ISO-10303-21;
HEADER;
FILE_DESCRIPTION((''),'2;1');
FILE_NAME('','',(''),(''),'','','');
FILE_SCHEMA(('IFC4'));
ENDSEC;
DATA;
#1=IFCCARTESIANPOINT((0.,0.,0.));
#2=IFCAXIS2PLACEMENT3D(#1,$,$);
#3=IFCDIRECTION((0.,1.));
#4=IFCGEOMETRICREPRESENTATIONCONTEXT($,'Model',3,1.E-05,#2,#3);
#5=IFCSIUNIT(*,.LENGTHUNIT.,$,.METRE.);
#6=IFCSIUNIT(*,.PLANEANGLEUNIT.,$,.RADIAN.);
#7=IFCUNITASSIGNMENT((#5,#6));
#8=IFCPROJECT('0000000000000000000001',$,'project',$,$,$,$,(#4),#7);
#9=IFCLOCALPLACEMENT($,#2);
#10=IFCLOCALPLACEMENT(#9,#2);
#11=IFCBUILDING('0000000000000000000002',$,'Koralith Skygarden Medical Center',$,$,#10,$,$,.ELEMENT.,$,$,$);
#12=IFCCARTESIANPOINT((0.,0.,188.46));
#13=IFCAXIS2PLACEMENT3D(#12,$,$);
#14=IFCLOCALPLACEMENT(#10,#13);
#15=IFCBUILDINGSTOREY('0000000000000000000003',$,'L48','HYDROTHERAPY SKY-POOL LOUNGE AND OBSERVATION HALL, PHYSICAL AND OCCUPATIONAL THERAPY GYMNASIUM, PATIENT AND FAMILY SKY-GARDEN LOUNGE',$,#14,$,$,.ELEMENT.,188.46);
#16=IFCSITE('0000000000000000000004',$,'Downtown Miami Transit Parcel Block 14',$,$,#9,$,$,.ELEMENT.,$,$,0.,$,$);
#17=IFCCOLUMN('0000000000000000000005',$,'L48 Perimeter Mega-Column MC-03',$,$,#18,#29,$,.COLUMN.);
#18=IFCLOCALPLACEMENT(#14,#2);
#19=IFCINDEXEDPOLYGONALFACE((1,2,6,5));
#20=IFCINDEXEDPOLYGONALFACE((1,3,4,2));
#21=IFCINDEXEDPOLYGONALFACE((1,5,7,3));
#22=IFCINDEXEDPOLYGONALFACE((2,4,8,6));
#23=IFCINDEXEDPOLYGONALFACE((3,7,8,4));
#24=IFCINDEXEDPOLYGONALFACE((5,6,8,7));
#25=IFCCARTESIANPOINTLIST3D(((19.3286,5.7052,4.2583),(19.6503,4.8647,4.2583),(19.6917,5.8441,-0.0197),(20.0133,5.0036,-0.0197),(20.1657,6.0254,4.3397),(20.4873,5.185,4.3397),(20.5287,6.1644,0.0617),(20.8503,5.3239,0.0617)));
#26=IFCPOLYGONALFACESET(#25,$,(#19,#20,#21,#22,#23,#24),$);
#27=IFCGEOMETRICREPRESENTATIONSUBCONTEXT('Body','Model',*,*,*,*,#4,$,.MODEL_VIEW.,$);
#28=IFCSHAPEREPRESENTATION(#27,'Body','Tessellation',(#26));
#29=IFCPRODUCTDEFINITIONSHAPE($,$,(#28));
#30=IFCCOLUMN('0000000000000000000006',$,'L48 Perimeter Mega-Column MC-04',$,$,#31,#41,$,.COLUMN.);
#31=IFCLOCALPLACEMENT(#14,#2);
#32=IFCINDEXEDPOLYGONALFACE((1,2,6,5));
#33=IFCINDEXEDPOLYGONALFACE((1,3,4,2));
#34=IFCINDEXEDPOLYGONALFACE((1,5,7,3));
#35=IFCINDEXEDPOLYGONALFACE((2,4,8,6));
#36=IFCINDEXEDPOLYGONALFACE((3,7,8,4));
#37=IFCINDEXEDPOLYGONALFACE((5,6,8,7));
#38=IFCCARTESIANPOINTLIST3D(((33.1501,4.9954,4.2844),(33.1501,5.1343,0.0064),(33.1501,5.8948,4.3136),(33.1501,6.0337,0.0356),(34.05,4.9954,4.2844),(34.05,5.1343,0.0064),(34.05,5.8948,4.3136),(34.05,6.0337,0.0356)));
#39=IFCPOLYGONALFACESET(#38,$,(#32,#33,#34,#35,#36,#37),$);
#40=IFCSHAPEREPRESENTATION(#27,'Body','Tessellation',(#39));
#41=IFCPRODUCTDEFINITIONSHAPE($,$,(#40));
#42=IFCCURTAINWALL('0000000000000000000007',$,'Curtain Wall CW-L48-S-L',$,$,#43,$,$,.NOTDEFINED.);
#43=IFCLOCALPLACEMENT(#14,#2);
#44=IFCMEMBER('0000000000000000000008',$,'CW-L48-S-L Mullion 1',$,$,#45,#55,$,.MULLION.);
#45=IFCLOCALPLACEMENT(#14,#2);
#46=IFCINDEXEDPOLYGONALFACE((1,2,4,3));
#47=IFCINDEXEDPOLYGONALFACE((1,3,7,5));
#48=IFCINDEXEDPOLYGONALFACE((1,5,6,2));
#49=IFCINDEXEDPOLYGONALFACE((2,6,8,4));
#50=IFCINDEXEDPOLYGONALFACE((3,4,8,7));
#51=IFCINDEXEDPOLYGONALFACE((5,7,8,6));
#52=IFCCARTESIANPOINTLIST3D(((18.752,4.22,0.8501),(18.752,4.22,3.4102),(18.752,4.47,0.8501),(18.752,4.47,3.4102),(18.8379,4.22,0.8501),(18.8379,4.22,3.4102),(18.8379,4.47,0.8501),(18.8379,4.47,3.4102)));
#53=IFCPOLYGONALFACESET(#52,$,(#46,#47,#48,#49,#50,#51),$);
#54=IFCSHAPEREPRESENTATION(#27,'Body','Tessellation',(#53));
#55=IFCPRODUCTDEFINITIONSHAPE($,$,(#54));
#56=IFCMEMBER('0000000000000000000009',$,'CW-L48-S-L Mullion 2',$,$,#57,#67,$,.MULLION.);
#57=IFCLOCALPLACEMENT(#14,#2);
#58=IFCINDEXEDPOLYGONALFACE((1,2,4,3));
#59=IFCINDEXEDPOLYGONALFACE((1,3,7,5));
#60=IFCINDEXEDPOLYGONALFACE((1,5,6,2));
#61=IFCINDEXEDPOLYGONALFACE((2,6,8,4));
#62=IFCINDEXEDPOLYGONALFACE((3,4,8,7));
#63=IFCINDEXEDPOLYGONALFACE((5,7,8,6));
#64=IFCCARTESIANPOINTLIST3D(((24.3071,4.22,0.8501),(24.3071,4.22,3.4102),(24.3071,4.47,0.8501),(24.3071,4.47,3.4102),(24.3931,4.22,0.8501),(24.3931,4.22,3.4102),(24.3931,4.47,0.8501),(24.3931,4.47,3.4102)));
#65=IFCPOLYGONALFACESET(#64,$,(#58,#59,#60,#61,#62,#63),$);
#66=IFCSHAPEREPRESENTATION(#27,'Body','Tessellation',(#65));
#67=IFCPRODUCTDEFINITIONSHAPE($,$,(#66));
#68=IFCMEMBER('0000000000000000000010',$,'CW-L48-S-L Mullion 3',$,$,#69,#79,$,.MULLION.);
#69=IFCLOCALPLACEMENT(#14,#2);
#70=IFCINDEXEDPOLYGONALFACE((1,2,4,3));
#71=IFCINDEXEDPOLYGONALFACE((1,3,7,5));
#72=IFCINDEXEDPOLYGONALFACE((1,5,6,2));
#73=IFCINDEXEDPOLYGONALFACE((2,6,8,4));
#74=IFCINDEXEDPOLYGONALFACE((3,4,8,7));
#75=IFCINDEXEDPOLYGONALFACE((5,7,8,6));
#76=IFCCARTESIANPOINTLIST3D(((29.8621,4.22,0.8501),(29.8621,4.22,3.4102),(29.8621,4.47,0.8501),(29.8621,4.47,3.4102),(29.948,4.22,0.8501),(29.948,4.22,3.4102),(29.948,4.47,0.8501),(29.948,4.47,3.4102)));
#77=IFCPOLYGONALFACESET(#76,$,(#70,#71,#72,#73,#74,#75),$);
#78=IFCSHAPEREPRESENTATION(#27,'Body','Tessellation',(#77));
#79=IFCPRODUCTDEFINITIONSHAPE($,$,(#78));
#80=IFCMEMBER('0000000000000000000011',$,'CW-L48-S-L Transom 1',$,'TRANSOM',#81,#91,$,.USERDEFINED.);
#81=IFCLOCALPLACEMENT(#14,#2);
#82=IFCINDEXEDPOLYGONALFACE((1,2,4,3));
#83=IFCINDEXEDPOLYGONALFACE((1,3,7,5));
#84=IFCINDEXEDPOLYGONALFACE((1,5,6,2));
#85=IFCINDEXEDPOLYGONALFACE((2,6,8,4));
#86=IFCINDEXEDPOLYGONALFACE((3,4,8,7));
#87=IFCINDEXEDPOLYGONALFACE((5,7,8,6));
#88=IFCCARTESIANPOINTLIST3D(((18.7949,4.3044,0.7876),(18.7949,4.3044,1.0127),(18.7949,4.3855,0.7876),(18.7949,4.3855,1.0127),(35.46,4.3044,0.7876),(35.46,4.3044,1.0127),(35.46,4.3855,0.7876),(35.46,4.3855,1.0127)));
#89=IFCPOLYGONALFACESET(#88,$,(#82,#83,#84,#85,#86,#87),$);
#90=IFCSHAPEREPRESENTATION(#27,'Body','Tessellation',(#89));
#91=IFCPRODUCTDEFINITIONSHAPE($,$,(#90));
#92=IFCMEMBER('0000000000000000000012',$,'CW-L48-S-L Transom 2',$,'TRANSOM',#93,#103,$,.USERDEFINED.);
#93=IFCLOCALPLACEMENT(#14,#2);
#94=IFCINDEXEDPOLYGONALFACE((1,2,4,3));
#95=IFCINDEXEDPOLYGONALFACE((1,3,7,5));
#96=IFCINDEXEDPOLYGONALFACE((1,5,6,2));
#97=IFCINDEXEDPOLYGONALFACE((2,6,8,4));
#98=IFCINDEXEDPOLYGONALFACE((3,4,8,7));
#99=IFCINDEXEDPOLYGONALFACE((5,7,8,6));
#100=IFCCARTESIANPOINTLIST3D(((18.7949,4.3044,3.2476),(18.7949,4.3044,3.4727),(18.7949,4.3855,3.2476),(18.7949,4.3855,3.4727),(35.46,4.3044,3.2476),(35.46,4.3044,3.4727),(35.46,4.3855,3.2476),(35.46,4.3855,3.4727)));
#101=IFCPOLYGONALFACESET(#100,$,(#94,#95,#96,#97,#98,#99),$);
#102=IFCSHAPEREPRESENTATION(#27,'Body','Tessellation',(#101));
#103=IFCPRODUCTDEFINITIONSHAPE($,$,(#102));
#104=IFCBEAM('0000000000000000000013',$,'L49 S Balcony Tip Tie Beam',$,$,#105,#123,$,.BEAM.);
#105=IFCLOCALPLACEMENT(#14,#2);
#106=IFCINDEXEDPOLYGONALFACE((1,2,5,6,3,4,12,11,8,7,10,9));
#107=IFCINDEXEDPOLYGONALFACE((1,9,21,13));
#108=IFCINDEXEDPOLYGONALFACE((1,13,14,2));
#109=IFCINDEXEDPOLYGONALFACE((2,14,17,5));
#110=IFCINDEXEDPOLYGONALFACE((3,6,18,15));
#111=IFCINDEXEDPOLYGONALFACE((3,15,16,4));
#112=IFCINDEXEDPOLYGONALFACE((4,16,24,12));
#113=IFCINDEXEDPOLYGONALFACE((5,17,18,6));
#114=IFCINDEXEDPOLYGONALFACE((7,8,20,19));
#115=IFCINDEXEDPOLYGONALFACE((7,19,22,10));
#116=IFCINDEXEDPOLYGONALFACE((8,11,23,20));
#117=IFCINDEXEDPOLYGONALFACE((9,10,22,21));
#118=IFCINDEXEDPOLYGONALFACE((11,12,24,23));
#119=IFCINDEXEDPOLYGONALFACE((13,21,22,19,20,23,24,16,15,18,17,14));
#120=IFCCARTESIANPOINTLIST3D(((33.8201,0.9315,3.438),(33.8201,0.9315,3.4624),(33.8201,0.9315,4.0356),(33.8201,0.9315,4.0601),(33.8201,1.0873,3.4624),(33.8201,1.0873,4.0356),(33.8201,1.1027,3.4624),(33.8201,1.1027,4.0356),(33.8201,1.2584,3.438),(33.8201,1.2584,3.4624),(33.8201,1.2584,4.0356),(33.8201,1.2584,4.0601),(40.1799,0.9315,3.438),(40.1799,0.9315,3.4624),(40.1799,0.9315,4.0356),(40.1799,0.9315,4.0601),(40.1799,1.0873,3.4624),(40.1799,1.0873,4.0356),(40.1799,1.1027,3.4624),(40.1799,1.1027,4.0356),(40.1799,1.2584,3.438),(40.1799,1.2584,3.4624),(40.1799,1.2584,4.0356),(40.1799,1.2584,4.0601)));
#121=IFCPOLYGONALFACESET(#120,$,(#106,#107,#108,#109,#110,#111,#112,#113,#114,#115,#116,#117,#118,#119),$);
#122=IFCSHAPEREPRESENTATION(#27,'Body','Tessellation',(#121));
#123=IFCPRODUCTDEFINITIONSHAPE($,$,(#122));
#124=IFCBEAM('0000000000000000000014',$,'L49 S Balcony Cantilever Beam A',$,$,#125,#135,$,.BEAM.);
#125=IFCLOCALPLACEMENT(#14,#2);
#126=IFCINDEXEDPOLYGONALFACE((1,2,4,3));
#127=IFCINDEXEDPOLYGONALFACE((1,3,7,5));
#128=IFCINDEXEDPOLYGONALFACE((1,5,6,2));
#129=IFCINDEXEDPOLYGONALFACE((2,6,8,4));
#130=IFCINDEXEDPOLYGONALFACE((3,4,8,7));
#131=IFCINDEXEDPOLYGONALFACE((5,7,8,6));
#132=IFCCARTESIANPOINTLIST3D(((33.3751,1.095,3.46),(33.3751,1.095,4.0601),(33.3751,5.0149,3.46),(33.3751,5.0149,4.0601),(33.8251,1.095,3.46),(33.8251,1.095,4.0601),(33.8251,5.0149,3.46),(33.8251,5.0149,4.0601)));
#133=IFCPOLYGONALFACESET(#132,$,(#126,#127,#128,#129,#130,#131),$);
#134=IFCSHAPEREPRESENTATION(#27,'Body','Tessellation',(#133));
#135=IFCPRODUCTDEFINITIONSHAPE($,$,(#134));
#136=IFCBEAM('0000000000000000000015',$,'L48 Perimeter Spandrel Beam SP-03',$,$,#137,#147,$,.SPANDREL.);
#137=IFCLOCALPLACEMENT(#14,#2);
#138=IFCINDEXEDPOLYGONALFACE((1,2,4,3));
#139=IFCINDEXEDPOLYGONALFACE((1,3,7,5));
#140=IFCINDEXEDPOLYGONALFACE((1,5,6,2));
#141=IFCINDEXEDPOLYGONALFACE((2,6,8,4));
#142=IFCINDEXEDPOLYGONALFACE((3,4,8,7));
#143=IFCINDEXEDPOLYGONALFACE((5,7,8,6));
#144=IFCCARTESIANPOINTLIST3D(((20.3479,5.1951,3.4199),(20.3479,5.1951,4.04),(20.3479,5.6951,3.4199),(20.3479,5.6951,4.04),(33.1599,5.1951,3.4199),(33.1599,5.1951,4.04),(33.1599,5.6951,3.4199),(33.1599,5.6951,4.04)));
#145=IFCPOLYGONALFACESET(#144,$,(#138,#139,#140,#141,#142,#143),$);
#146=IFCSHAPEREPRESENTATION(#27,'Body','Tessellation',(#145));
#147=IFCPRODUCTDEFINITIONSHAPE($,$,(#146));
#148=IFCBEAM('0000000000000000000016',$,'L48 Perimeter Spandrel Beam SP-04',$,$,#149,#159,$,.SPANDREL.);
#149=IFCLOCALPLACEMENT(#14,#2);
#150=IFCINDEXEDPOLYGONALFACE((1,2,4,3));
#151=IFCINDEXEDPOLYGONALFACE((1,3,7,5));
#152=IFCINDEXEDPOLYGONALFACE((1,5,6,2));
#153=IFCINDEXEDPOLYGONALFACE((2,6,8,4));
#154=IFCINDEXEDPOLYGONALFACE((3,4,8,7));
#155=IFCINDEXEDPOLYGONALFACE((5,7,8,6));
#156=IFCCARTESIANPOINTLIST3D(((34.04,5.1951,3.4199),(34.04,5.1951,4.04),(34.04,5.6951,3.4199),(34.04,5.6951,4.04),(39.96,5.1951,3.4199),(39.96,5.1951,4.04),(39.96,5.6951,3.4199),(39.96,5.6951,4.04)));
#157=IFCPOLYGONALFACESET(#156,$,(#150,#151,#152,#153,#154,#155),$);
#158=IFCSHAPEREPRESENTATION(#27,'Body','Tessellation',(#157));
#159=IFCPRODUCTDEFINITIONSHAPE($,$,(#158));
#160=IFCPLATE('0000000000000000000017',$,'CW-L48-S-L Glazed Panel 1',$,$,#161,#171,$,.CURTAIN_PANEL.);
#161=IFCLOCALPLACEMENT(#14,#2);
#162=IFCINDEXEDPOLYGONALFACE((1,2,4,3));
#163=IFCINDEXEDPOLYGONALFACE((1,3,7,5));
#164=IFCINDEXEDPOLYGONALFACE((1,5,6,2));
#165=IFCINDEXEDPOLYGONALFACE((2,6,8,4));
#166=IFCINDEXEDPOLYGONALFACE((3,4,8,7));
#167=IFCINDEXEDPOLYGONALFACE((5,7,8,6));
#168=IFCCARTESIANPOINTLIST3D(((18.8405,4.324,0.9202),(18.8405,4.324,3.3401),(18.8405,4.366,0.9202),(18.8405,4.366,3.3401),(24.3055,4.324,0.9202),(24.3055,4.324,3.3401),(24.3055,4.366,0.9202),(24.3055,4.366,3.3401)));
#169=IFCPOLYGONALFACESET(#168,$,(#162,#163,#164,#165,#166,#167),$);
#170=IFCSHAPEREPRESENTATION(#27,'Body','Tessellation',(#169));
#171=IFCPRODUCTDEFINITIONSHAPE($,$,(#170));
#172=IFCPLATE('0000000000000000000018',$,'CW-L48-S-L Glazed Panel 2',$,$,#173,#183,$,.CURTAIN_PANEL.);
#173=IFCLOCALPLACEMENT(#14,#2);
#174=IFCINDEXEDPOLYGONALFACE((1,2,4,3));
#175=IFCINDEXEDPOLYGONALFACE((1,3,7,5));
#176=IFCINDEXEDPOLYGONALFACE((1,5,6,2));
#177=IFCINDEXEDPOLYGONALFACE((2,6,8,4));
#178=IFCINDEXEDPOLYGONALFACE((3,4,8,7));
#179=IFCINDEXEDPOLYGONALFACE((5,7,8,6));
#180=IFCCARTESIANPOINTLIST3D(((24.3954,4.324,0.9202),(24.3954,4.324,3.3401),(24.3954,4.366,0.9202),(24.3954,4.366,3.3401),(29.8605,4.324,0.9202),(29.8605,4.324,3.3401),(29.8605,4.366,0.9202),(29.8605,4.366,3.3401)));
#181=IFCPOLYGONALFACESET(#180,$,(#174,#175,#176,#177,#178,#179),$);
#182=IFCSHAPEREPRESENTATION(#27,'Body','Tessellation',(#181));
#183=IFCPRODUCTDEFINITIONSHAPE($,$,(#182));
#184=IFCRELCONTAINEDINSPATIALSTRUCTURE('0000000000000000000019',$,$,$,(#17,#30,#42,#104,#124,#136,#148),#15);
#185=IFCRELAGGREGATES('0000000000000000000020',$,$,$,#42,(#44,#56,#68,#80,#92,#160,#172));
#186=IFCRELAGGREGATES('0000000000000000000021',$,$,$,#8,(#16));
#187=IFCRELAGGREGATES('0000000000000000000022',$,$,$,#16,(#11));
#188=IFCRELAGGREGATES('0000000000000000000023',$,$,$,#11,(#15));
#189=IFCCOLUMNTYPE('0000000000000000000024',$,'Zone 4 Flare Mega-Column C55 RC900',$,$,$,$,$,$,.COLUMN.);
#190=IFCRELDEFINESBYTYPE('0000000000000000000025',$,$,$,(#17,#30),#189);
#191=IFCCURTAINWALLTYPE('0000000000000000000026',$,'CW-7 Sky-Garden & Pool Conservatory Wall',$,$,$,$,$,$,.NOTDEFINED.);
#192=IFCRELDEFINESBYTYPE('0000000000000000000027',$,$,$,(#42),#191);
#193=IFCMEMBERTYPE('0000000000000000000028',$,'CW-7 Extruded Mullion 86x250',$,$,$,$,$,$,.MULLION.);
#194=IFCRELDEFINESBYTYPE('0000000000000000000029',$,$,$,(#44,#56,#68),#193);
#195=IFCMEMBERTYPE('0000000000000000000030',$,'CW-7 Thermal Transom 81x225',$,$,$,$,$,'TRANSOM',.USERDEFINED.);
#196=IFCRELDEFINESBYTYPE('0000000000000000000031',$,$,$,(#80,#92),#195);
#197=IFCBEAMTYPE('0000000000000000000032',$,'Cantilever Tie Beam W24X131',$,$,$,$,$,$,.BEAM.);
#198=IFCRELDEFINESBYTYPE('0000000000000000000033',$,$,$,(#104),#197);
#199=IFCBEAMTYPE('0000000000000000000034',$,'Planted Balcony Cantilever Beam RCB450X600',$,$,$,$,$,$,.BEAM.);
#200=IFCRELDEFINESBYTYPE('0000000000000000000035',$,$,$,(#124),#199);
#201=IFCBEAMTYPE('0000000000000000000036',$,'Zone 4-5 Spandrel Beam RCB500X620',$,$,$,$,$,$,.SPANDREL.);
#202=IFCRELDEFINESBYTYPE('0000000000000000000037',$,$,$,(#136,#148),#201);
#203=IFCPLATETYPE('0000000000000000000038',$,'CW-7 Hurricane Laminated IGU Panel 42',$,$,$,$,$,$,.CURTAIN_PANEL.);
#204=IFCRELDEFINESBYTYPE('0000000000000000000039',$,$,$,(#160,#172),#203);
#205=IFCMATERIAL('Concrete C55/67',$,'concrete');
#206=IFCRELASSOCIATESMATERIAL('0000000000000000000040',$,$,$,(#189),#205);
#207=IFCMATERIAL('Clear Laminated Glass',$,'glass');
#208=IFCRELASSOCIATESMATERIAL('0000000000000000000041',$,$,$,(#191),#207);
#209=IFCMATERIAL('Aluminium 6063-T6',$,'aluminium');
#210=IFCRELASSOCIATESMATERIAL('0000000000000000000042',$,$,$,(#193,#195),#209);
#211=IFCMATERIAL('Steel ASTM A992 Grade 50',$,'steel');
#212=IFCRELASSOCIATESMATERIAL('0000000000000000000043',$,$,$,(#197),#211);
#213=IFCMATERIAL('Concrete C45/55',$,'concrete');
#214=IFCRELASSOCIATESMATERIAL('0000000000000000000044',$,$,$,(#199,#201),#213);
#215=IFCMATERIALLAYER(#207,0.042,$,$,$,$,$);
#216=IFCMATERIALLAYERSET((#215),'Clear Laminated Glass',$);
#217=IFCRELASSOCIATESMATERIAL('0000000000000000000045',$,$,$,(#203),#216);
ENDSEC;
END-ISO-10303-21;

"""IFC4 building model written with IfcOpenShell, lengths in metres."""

from ifc_helpers import new_model, si_unit, direction, frame, origin, origin_2d, place, context, subcontext, project, spatial, rectangle, i_section, extrude, material, layer, layer_set, material_profile, profile_set, type_object, element, aggregate, save


model = new_model("IFC4")

# Units and contexts
model_context = context("Model", 3, precision=1e-05, world=origin(), true_north=direction((0.0, 1.0)))
body_context = subcontext(model_context, "Body", "Model", "MODEL_VIEW")
ifc_project = project(units=[si_unit("LENGTHUNIT", "METRE"), si_unit("PLANEANGLEUNIT", "RADIAN")], contexts=[model_context])

# Site, building, storey
site_placement = place(None, origin())
site = spatial("IfcSite", under=ifc_project, at=site_placement, Name="Downtown Miami Transit Parcel Block 14", CompositionType="ELEMENT", RefElevation=0.0)
building_placement = place(site_placement, origin())
building = spatial("IfcBuilding", under=site, at=building_placement, Name="Koralith Skygarden Medical Center", CompositionType="ELEMENT")
storey_placement = place(building_placement, frame((0.0, 0.0, 188.46)))
storey = spatial("IfcBuildingStorey", under=building, at=storey_placement, Name="L48", Description="HYDROTHERAPY SKY-POOL LOUNGE AND OBSERVATION HALL, PHYSICAL AND OCCUPATIONAL THERAPY GYMNASIUM, PATIENT AND FAMILY SKY-GARDEN LOUNGE", CompositionType="ELEMENT", Elevation=188.46)

# Columns
ifc_material_1 = material(Name="Concrete C55/67", Category="concrete")
ifc_material_profile_1 = material_profile(ifc_material_1, rectangle(XDim=0.8999, YDim=0.8999, at=origin_2d()), Name="RC900X900")
ifc_profile_set_1 = profile_set([ifc_material_profile_1], Name="Concrete C55/67")
column_type = type_object("IfcColumnType", Name="Zone 4 Flare Mega-Column C55 RC900", PredefinedType="COLUMN", material=ifc_profile_set_1)
column_1_placement = place(storey_placement, frame((20.271, 5.584, 0.021), z_axis=(-0.084512, -0.032338, 0.995898), x_axis=(0.357379, -0.933959, 0.0)))
element("IfcColumn", 1, at=column_1_placement, inside=storey, type_object=column_type, Name="L48 Perimeter Mega-Column MC-03", PredefinedType="COLUMN", context=body_context, shape_type="SweptSolid", body=[
    extrude(rectangle(XDim=0.8999, YDim=0.8999, at=origin_2d()), origin(), (0.0, 0.0, 1.0), 4.2957),
])
column_2_placement = place(storey_placement, frame((33.6001, 5.584, 0.021), z_axis=(0.0, -0.032455, 0.999473), x_axis=(1.0, 0.0, 0.0)))
element("IfcColumn", 2, at=column_2_placement, inside=storey, type_object=column_type, Name="L48 Perimeter Mega-Column MC-04", PredefinedType="COLUMN", context=body_context, shape_type="SweptSolid", body=[
    extrude(rectangle(XDim=0.8999, YDim=0.8999, at=origin_2d()), origin(), (0.0, 0.0, 1.0), 4.2803),
])

# Curtain wall, members
ifc_material_2 = material(Name="Clear Laminated Glass", Category="glass")
curtain_wall_type = type_object("IfcCurtainWallType", Name="CW-7 Sky-Garden & Pool Conservatory Wall", PredefinedType="NOTDEFINED", material=ifc_material_2)
curtain_wall_placement = place(storey_placement, origin())
curtain_wall = element("IfcCurtainWall", 3, at=curtain_wall_placement, inside=storey, type_object=curtain_wall_type, Name="Curtain Wall CW-L48-S-L", PredefinedType="NOTDEFINED")
ifc_material_3 = material(Name="Aluminium 6063-T6", Category="aluminium")
ifc_material_profile_2 = material_profile(ifc_material_3, rectangle(XDim=0.0859, YDim=0.25, at=origin_2d()), Name="MUL86X250")
ifc_profile_set_2 = profile_set([ifc_material_profile_2], Name="Aluminium 6063-T6")
member_type_1 = type_object("IfcMemberType", Name="CW-7 Extruded Mullion 86x250", PredefinedType="MULLION", material=ifc_profile_set_2)
member_1_placement = place(storey_placement, frame((18.7949, 4.345, 0.8501), z_axis=(0.0, 0.0, 1.0), x_axis=(1.0, 0.0, 0.0)))
member_1 = element("IfcMember", 4, at=member_1_placement, type_object=member_type_1, Name="CW-L48-S-L Mullion 1", PredefinedType="MULLION", context=body_context, shape_type="SweptSolid", body=[
    extrude(rectangle(XDim=0.0859, YDim=0.25, at=origin_2d()), origin(), (0.0, 0.0, 1.0), 2.5601),
])
member_2_placement = place(storey_placement, frame((24.3501, 4.345, 0.8501), z_axis=(0.0, 0.0, 1.0), x_axis=(1.0, 0.0, 0.0)))
member_2 = element("IfcMember", 5, at=member_2_placement, type_object=member_type_1, Name="CW-L48-S-L Mullion 2", PredefinedType="MULLION", context=body_context, shape_type="SweptSolid", body=[
    extrude(rectangle(XDim=0.0859, YDim=0.25, at=origin_2d()), origin(), (0.0, 0.0, 1.0), 2.5601),
])
member_3_placement = place(storey_placement, frame((29.905, 4.345, 0.8501), z_axis=(0.0, 0.0, 1.0), x_axis=(1.0, 0.0, 0.0)))
member_3 = element("IfcMember", 6, at=member_3_placement, type_object=member_type_1, Name="CW-L48-S-L Mullion 3", PredefinedType="MULLION", context=body_context, shape_type="SweptSolid", body=[
    extrude(rectangle(XDim=0.0859, YDim=0.25, at=origin_2d()), origin(), (0.0, 0.0, 1.0), 2.5601),
])
ifc_material_profile_3 = material_profile(ifc_material_3, rectangle(XDim=0.0811, YDim=0.2251, at=origin_2d()), Name="TRN81X225")
ifc_profile_set_3 = profile_set([ifc_material_profile_3], Name="Aluminium 6063-T6")
member_type_2 = type_object("IfcMemberType", Name="CW-7 Thermal Transom 81x225", ElementType="TRANSOM", PredefinedType="USERDEFINED", material=ifc_profile_set_3)
member_4_placement = place(storey_placement, frame((18.7949, 4.345, 0.9001), z_axis=(1.0, 0.0, 0.0), x_axis=(0.0, 1.0, 0.0)))
member_4 = element("IfcMember", 7, at=member_4_placement, type_object=member_type_2, Name="CW-L48-S-L Transom 1", ObjectType="TRANSOM", PredefinedType="USERDEFINED", context=body_context, shape_type="SweptSolid", body=[
    extrude(rectangle(XDim=0.0811, YDim=0.2251, at=origin_2d()), origin(), (0.0, 0.0, 1.0), 16.665),
])
member_5_placement = place(storey_placement, frame((18.7949, 4.345, 3.3601), z_axis=(1.0, 0.0, 0.0), x_axis=(0.0, 1.0, 0.0)))
member_5 = element("IfcMember", 8, at=member_5_placement, type_object=member_type_2, Name="CW-L48-S-L Transom 2", ObjectType="TRANSOM", PredefinedType="USERDEFINED", context=body_context, shape_type="SweptSolid", body=[
    extrude(rectangle(XDim=0.0811, YDim=0.2251, at=origin_2d()), origin(), (0.0, 0.0, 1.0), 16.665),
])

# Beams
ifc_material_4 = material(Name="Steel ASTM A992 Grade 50", Category="steel")
ifc_material_profile_4 = material_profile(ifc_material_4, i_section(OverallWidth=0.3269, OverallDepth=0.6221, WebThickness=0.0154, FlangeThickness=0.0244, at=origin_2d()), Name="W24X131")
ifc_profile_set_4 = profile_set([ifc_material_profile_4], Name="Steel ASTM A992 Grade 50")
beam_type_1 = type_object("IfcBeamType", Name="Cantilever Tie Beam W24X131", PredefinedType="BEAM", material=ifc_profile_set_4)
beam_1_placement = place(storey_placement, frame((33.8201, 1.095, 3.749), z_axis=(1.0, 0.0, 0.0), x_axis=(0.0, 1.0, 0.0)))
element("IfcBeam", 9, at=beam_1_placement, inside=storey, type_object=beam_type_1, Name="L49 S Balcony Tip Tie Beam", PredefinedType="BEAM", context=body_context, shape_type="SweptSolid", body=[
    extrude(i_section(OverallWidth=0.3269, OverallDepth=0.6221, WebThickness=0.0154, FlangeThickness=0.0244, at=origin_2d()), origin(), (0.0, 0.0, 1.0), 6.3599),
])
ifc_material_5 = material(Name="Concrete C45/55", Category="concrete")
ifc_material_profile_5 = material_profile(ifc_material_5, rectangle(XDim=0.45, YDim=0.6001, at=origin_2d()), Name="RCB450X600")
ifc_profile_set_5 = profile_set([ifc_material_profile_5], Name="Concrete C45/55")
beam_type_2 = type_object("IfcBeamType", Name="Planted Balcony Cantilever Beam RCB450X600", PredefinedType="BEAM", material=ifc_profile_set_5)
beam_2_placement = place(storey_placement, frame((33.6001, 5.0149, 3.76), z_axis=(0.0, -1.0, 0.0), x_axis=(1.0, 0.0, 0.0)))
element("IfcBeam", 10, at=beam_2_placement, inside=storey, type_object=beam_type_2, Name="L49 S Balcony Cantilever Beam A", PredefinedType="BEAM", context=body_context, shape_type="SweptSolid", body=[
    extrude(rectangle(XDim=0.45, YDim=0.6001, at=origin_2d()), origin(), (0.0, 0.0, 1.0), 3.9199),
])
ifc_material_profile_6 = material_profile(ifc_material_5, rectangle(XDim=0.5, YDim=0.6201, at=origin_2d()), Name="RCB500X620")
ifc_profile_set_6 = profile_set([ifc_material_profile_6], Name="Concrete C45/55")
beam_type_3 = type_object("IfcBeamType", Name="Zone 4-5 Spandrel Beam RCB500X620", PredefinedType="SPANDREL", material=ifc_profile_set_6)
beam_3_placement = place(storey_placement, frame((20.3479, 5.4451, 3.73), z_axis=(1.0, 0.0, 0.0), x_axis=(0.0, 1.0, 0.0)))
element("IfcBeam", 11, at=beam_3_placement, inside=storey, type_object=beam_type_3, Name="L48 Perimeter Spandrel Beam SP-03", PredefinedType="SPANDREL", context=body_context, shape_type="SweptSolid", body=[
    extrude(rectangle(XDim=0.5, YDim=0.6201, at=origin_2d()), origin(), (0.0, 0.0, 1.0), 12.812),
])
beam_4_placement = place(storey_placement, frame((34.04, 5.4451, 3.73), z_axis=(1.0, 0.0, 0.0), x_axis=(0.0, 1.0, 0.0)))
element("IfcBeam", 12, at=beam_4_placement, inside=storey, type_object=beam_type_3, Name="L48 Perimeter Spandrel Beam SP-04", PredefinedType="SPANDREL", context=body_context, shape_type="SweptSolid", body=[
    extrude(rectangle(XDim=0.5, YDim=0.6201, at=origin_2d()), origin(), (0.0, 0.0, 1.0), 5.9199),
])

# Plates
ifc_layer_1 = layer(ifc_material_2, 0.042)
ifc_layer_set_1 = layer_set([ifc_layer_1], Name="Clear Laminated Glass")
plate_type = type_object("IfcPlateType", Name="CW-7 Hurricane Laminated IGU Panel 42", PredefinedType="CURTAIN_PANEL", material=ifc_layer_set_1)
plate_1_placement = place(storey_placement, frame((21.573, 4.345, 0.9202), z_axis=(0.0, 0.0, 1.0), x_axis=(1.0, 0.0, 0.0)))
plate_1 = element("IfcPlate", 13, at=plate_1_placement, type_object=plate_type, Name="CW-L48-S-L Glazed Panel 1", PredefinedType="CURTAIN_PANEL", context=body_context, shape_type="SweptSolid", body=[
    extrude(rectangle(XDim=5.4651, YDim=0.042, at=origin_2d()), origin(), (0.0, 0.0, 1.0), 2.4199),
])
plate_2_placement = place(storey_placement, frame((27.1279, 4.345, 0.9202), z_axis=(0.0, 0.0, 1.0), x_axis=(1.0, 0.0, 0.0)))
plate_2 = element("IfcPlate", 14, at=plate_2_placement, type_object=plate_type, Name="CW-L48-S-L Glazed Panel 2", PredefinedType="CURTAIN_PANEL", context=body_context, shape_type="SweptSolid", body=[
    extrude(rectangle(XDim=5.4651, YDim=0.042, at=origin_2d()), origin(), (0.0, 0.0, 1.0), 2.4199),
])
aggregate(curtain_wall, [member_1, member_2, member_3, member_4, member_5, plate_1, plate_2])

save(model, "model.ifc")
